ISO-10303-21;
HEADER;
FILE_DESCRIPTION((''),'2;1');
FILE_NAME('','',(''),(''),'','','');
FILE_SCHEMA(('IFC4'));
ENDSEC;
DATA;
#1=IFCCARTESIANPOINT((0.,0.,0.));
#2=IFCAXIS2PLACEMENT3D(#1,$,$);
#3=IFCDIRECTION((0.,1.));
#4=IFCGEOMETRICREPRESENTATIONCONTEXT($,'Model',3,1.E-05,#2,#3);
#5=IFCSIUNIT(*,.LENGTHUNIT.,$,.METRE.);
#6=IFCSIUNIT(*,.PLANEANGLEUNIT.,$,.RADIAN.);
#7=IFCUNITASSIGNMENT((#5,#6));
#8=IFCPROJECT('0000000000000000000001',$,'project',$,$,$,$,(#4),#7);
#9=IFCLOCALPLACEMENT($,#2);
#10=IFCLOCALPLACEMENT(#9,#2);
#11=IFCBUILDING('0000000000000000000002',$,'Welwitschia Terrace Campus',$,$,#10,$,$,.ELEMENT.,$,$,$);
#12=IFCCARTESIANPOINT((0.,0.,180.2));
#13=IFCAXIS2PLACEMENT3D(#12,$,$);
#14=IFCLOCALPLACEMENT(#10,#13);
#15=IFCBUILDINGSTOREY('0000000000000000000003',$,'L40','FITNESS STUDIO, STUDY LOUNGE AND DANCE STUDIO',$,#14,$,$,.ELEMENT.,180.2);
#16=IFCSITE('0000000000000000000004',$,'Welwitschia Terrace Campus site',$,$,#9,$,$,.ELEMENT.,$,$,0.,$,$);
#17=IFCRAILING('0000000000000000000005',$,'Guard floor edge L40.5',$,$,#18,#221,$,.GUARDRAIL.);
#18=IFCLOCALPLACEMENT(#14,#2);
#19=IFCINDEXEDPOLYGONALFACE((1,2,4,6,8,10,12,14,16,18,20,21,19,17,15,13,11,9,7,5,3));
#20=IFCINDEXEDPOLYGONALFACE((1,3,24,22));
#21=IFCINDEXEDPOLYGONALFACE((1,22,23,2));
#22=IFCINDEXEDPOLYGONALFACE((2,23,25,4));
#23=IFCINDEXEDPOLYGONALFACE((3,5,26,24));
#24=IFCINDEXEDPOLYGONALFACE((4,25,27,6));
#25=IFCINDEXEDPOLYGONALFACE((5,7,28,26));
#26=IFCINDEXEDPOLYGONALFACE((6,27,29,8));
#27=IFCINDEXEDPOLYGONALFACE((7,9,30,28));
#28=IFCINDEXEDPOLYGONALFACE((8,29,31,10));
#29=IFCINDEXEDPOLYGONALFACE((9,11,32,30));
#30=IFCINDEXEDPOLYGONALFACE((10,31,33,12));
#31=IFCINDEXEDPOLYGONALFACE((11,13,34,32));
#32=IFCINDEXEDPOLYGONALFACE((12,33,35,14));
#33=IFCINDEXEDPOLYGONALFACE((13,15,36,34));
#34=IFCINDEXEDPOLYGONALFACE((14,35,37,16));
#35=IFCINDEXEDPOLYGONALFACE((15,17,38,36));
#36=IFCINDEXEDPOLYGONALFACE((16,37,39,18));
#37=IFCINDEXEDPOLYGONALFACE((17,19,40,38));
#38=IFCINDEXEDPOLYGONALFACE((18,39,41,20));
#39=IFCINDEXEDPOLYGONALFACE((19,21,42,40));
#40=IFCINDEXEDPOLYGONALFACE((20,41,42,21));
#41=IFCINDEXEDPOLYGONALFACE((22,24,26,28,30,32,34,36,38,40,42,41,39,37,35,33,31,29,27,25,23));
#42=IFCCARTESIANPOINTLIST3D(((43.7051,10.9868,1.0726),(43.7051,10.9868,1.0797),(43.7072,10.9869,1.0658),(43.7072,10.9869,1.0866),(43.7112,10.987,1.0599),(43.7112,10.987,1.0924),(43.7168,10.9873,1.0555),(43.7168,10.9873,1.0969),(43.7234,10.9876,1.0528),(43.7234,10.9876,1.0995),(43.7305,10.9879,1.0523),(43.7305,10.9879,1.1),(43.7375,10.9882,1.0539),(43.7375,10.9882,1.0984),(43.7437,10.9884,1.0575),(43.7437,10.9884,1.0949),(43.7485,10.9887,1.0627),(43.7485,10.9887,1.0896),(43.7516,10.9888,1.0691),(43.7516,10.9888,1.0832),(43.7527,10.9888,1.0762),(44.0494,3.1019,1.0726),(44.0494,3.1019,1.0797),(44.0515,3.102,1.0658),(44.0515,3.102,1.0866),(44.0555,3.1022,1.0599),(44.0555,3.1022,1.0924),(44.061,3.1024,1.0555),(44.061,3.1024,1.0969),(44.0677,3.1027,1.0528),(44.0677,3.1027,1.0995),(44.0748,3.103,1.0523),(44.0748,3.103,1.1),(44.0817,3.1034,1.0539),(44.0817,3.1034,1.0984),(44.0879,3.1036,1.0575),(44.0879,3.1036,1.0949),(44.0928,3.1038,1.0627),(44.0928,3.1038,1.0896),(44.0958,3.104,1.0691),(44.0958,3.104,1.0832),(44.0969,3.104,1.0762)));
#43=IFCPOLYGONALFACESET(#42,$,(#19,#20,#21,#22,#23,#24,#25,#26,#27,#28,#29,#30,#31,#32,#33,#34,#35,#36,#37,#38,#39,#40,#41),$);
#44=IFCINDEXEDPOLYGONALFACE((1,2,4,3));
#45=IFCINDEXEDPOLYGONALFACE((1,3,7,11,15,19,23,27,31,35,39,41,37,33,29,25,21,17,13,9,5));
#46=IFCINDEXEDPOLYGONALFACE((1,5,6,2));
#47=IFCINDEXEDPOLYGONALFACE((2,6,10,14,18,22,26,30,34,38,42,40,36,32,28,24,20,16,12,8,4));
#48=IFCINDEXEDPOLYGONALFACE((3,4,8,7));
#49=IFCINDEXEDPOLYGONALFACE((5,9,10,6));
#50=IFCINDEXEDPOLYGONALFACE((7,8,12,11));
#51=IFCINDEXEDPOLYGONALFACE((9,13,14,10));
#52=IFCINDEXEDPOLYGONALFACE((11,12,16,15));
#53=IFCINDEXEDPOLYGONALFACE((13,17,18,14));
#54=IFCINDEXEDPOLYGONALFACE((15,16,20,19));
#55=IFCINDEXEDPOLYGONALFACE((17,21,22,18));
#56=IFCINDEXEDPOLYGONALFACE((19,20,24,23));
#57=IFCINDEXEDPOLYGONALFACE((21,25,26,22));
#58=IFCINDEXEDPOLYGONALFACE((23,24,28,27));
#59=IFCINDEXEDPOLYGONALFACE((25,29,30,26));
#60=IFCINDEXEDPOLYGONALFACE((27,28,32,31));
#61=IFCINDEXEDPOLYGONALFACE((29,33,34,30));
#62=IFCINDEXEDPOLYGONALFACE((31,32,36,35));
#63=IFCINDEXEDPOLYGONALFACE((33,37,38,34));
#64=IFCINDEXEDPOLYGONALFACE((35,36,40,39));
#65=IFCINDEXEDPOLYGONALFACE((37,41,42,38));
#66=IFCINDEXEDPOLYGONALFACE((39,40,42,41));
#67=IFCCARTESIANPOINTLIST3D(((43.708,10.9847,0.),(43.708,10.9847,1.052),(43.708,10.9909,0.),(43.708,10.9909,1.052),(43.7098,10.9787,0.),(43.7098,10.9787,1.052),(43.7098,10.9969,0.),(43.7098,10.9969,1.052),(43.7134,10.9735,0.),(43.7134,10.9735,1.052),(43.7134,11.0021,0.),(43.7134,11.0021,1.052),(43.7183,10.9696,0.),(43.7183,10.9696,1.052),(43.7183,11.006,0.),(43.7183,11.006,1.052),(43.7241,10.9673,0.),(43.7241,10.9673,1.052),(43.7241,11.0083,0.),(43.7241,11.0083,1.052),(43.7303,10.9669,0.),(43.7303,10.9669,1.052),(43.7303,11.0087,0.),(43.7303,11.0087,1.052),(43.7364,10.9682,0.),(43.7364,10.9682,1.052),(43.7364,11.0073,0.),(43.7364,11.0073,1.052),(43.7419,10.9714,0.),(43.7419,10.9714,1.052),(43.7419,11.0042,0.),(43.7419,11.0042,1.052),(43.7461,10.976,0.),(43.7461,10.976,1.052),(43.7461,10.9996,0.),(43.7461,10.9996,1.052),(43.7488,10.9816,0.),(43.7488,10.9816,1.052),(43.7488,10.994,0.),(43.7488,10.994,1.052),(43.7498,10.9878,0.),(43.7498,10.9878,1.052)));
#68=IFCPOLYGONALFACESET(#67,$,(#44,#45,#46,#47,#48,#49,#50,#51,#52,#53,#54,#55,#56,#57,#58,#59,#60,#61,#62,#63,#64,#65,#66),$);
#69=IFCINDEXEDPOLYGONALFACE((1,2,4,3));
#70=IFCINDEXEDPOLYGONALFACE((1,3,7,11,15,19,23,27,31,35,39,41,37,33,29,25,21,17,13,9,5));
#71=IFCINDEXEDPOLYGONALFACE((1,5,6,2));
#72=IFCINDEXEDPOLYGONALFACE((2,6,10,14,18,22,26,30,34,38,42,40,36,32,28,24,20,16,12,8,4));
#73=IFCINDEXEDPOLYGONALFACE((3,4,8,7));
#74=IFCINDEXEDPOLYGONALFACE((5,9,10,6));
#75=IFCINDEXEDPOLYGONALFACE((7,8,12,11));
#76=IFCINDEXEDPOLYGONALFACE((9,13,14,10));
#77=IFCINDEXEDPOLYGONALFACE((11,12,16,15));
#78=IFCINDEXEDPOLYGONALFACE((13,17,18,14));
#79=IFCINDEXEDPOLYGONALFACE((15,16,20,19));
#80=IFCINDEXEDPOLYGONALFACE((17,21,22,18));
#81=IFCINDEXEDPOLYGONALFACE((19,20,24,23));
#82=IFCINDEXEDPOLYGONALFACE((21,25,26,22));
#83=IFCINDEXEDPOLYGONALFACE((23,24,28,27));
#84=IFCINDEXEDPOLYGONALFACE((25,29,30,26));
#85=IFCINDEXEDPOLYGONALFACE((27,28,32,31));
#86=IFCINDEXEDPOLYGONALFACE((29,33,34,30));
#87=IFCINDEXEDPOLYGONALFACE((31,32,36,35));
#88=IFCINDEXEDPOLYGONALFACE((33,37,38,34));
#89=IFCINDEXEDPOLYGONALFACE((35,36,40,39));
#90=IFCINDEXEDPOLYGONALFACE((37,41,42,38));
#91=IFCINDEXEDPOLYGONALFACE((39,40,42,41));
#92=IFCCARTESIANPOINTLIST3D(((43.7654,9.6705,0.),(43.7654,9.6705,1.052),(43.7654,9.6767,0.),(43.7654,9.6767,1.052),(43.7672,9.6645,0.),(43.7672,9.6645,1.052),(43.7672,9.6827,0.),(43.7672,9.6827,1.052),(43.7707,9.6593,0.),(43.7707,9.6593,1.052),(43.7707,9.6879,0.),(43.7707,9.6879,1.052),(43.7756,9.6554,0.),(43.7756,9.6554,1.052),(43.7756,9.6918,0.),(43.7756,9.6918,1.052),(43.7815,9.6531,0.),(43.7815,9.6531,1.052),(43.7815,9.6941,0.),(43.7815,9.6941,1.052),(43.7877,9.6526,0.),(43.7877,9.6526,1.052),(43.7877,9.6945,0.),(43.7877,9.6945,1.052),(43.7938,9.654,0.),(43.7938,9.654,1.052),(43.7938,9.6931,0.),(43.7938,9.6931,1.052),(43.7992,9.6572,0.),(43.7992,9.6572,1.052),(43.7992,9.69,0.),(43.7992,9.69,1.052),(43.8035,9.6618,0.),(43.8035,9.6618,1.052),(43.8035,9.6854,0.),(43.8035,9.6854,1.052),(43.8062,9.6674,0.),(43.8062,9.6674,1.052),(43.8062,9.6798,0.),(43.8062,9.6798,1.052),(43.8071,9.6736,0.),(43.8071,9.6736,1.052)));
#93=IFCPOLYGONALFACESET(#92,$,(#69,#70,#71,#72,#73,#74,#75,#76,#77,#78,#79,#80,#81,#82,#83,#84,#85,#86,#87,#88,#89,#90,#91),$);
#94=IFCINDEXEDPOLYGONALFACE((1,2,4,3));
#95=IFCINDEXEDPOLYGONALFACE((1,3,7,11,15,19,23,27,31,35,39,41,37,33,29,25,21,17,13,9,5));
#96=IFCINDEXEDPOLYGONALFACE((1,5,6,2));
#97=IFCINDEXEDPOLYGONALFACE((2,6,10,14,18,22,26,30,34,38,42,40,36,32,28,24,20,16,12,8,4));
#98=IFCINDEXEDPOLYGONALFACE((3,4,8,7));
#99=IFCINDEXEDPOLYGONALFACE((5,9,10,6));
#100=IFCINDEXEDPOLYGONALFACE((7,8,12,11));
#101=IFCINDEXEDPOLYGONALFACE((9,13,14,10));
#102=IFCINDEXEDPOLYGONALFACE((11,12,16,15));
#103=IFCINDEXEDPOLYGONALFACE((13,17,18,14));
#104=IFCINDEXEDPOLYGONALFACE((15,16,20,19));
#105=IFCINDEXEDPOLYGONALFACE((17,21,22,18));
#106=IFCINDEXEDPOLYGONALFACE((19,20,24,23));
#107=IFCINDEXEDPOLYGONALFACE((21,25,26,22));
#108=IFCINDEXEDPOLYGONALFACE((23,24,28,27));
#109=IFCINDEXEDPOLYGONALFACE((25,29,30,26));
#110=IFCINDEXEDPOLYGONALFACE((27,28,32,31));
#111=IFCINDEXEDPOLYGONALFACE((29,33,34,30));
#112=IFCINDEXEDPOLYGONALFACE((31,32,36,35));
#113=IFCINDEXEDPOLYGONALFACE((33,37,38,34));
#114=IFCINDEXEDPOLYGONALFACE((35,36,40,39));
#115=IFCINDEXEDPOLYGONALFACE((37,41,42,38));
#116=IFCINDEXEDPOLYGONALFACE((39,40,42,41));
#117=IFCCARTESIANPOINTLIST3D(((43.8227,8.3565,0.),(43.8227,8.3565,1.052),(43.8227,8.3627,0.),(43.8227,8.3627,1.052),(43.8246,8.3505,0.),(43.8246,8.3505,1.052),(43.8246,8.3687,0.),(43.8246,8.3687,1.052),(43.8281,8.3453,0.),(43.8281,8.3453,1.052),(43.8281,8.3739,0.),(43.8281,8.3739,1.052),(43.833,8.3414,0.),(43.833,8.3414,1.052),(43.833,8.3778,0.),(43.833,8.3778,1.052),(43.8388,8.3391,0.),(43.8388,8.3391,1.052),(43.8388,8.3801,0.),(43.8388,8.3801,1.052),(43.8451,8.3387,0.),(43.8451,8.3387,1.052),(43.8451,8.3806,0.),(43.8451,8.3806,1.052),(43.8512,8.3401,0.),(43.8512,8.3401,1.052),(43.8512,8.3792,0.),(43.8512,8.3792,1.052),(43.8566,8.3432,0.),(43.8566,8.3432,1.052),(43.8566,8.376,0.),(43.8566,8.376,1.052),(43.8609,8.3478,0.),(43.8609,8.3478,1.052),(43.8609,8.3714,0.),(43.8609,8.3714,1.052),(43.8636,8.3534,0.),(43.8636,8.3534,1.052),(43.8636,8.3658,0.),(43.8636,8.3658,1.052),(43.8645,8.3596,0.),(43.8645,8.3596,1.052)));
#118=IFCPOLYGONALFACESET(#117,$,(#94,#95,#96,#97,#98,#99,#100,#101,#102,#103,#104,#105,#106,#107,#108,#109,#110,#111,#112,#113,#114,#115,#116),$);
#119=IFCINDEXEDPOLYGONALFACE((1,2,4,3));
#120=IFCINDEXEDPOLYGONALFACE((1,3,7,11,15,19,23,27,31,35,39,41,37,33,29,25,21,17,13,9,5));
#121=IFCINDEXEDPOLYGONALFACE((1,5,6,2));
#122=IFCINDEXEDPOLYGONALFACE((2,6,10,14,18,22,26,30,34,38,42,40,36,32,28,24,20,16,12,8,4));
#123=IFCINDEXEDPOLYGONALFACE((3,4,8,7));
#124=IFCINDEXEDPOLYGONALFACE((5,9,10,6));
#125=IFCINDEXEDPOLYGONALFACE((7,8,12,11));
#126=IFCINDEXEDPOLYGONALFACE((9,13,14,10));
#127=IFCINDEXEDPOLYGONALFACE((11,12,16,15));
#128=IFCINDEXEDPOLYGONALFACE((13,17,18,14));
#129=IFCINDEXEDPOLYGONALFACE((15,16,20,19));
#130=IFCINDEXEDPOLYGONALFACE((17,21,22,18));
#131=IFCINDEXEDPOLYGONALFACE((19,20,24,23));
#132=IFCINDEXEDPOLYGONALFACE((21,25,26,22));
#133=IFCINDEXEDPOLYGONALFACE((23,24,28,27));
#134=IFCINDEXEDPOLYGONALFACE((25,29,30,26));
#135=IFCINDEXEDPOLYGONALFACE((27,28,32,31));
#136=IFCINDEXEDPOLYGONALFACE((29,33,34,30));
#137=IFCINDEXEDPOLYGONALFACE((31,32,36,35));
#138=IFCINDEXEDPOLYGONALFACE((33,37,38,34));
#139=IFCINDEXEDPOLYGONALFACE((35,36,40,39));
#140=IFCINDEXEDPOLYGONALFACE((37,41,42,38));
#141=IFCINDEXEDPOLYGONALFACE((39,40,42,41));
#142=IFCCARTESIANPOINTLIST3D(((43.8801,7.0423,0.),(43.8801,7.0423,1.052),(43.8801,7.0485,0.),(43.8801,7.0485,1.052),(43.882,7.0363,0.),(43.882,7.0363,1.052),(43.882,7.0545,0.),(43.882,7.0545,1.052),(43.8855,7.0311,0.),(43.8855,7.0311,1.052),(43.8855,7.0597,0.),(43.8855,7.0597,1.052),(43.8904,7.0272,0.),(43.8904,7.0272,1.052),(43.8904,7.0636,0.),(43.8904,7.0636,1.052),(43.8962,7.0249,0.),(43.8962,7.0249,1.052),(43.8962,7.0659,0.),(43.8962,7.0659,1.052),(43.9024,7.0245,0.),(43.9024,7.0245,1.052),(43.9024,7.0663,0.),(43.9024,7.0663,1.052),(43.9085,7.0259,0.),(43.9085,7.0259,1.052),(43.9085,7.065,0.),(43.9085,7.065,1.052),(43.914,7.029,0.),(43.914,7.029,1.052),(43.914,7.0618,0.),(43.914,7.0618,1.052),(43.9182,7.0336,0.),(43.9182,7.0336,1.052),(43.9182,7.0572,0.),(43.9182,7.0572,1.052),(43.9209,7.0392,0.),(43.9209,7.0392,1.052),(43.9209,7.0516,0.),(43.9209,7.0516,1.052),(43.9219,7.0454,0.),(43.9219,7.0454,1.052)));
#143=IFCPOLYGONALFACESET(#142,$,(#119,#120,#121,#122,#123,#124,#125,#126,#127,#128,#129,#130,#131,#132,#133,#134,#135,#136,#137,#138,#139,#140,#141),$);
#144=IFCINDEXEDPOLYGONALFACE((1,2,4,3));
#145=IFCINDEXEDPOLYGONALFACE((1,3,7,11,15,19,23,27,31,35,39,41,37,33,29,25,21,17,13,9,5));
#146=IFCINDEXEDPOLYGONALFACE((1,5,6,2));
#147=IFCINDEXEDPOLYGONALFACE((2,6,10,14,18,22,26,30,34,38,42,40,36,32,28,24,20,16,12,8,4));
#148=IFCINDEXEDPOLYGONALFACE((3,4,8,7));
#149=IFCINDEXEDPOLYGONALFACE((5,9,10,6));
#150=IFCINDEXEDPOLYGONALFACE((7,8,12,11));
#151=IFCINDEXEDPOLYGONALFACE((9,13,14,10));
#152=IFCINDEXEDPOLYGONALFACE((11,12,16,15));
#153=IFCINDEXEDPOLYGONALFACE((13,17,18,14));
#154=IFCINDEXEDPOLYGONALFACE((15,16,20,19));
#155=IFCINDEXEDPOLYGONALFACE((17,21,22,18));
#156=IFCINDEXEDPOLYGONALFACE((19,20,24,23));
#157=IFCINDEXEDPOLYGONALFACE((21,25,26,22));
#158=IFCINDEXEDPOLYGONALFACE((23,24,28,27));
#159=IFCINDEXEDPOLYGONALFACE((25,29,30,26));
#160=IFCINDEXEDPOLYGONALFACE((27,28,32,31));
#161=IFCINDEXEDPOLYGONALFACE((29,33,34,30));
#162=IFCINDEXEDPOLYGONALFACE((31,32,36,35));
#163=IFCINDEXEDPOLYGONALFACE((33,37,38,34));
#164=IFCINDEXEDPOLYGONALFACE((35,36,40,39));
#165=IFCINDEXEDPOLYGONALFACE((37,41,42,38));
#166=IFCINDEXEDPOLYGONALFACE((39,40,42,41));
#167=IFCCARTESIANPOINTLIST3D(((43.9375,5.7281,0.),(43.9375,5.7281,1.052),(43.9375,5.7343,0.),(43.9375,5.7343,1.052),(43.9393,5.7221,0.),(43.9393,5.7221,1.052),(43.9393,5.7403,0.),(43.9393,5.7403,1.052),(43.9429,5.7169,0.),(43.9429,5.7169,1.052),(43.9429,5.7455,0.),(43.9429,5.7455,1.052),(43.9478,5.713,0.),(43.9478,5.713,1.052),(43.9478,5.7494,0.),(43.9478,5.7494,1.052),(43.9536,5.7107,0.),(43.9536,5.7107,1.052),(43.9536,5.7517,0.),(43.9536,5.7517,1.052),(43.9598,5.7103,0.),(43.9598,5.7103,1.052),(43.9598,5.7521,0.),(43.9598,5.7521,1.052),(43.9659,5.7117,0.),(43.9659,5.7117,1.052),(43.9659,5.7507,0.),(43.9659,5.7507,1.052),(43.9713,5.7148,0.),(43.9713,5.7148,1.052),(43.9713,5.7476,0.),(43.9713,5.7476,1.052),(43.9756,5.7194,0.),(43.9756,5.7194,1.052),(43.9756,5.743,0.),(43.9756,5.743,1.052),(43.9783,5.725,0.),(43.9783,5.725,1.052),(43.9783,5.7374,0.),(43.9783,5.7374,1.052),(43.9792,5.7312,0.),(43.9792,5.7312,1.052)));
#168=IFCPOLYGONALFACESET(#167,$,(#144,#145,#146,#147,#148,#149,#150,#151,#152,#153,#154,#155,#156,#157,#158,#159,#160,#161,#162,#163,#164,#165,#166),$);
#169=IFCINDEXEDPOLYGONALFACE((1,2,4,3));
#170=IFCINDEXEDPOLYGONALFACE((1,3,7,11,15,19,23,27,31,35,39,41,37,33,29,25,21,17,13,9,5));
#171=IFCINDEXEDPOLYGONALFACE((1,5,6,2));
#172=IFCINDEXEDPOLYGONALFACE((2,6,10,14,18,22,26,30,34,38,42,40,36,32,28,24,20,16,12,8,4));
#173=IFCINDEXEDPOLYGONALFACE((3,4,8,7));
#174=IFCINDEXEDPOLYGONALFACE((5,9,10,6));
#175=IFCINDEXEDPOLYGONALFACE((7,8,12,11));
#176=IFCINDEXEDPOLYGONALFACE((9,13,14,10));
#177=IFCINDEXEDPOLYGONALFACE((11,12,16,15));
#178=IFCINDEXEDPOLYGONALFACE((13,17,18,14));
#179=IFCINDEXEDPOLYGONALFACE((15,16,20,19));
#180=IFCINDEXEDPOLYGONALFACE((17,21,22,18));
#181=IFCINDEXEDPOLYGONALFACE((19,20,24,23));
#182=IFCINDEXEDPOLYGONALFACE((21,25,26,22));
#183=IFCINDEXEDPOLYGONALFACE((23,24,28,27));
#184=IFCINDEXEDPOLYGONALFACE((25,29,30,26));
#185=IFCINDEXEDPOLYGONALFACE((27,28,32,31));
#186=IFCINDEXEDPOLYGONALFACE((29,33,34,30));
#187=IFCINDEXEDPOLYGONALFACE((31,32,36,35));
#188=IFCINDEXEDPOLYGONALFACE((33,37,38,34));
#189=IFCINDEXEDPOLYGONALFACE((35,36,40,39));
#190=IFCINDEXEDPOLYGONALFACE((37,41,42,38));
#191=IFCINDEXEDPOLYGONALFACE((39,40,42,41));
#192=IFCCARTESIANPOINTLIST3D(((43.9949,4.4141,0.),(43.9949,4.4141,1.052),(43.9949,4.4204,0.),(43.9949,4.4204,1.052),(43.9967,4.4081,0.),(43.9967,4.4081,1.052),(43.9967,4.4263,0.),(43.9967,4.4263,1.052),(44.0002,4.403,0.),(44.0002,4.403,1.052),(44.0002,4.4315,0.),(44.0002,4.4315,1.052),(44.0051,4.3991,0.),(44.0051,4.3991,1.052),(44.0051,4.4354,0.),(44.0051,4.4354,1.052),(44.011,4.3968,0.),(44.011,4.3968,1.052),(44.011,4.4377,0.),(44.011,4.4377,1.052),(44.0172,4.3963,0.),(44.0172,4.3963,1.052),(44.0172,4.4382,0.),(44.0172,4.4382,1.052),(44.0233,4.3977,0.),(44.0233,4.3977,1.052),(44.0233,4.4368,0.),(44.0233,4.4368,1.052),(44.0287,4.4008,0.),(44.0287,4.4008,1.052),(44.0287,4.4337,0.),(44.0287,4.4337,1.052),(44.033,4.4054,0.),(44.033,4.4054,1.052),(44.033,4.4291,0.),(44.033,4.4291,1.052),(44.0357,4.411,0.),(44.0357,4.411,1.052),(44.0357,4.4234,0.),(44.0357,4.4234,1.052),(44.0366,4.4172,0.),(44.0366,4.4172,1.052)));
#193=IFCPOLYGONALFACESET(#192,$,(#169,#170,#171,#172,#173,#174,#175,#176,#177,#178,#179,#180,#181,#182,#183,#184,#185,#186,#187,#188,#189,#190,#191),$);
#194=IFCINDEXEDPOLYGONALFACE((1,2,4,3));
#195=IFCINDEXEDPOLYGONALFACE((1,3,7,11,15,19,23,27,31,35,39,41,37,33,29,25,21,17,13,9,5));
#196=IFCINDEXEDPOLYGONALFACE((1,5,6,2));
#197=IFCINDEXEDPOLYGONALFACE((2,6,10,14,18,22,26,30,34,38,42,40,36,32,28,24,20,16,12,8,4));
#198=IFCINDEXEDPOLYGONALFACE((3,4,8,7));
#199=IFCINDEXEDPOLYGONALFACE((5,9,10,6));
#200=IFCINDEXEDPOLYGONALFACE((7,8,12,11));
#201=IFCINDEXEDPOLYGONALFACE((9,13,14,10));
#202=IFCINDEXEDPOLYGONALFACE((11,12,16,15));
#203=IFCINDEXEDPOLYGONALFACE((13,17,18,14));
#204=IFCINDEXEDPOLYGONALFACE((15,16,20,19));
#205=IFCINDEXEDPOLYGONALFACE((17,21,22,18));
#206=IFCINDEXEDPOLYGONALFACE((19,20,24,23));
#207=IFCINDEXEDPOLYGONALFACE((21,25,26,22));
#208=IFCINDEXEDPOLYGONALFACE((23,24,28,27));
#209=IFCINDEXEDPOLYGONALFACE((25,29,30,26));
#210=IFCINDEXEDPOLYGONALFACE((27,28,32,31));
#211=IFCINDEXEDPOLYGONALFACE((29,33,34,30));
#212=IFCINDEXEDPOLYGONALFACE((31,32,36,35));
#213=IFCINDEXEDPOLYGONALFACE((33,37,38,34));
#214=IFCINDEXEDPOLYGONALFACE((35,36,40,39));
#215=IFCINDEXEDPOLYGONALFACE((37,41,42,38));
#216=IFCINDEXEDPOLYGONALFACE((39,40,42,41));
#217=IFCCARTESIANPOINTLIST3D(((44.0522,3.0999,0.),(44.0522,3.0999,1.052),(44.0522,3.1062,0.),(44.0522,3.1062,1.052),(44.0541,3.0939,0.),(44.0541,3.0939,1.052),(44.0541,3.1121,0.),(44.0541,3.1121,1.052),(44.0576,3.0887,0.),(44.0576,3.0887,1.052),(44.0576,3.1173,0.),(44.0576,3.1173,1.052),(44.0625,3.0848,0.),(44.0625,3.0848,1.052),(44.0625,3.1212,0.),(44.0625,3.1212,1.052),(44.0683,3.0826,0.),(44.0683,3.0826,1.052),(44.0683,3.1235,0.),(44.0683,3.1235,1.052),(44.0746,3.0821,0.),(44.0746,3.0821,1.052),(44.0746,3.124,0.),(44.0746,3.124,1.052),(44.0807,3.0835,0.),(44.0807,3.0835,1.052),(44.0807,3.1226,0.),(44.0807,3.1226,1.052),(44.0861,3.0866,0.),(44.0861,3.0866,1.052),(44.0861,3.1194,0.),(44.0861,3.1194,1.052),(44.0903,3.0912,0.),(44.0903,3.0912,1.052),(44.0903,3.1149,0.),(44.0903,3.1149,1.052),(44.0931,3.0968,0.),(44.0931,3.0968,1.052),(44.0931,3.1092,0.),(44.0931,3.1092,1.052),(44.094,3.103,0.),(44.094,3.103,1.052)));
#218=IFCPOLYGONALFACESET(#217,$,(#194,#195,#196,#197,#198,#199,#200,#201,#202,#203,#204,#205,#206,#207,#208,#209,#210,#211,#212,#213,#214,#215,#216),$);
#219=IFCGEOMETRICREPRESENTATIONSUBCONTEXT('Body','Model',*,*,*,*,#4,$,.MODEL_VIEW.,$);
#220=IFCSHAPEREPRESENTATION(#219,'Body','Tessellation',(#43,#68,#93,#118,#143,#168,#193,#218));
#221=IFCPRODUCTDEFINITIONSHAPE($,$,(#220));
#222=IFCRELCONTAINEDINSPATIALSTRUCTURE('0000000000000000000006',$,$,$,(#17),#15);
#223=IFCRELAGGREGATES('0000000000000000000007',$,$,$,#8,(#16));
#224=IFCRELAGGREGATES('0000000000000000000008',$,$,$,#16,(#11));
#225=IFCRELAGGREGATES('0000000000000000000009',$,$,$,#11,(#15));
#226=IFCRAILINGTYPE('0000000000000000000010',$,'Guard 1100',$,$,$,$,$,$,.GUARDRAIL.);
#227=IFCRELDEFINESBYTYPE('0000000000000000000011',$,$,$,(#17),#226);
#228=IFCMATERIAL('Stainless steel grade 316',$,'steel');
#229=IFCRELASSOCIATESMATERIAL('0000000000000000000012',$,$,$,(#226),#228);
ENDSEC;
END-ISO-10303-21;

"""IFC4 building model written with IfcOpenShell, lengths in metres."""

from ifc_helpers import new_model, si_unit, direction, frame, origin, origin_2d, place, context, subcontext, project, spatial, circle, extrude, material, type_object, element, save


model = new_model("IFC4")

# Units and contexts
model_context = context("Model", 3, precision=1e-05, world=origin(), true_north=direction((0.0, 1.0)))
body_context = subcontext(model_context, "Body", "Model", "MODEL_VIEW")
ifc_project = project(units=[si_unit("LENGTHUNIT", "METRE"), si_unit("PLANEANGLEUNIT", "RADIAN")], contexts=[model_context])

# Site, building, storey
site_placement = place(None, origin())
site = spatial("IfcSite", under=ifc_project, at=site_placement, Name="Welwitschia Terrace Campus site", CompositionType="ELEMENT", RefElevation=0.0)
building_placement = place(site_placement, origin())
building = spatial("IfcBuilding", under=site, at=building_placement, Name="Welwitschia Terrace Campus", CompositionType="ELEMENT")
storey_placement = place(building_placement, frame((0.0, 0.0, 180.2)))
storey = spatial("IfcBuildingStorey", under=building, at=storey_placement, Name="L40", Description="FITNESS STUDIO, STUDY LOUNGE AND DANCE STUDIO", CompositionType="ELEMENT", Elevation=180.2)

# Railing
ifc_material_1 = material(Name="Stainless steel grade 316", Category="steel")
railing_type = type_object("IfcRailingType", Name="Guard 1100", PredefinedType="GUARDRAIL", material=ifc_material_1)
railing_1_placement = place(storey_placement, frame((43.7288, 10.9878, 0.0)))
element("IfcRailing", 1, at=railing_1_placement, inside=storey, type_object=railing_type, Name="Guard floor edge L40.5", PredefinedType="GUARDRAIL", context=body_context, shape_type="SweptSolid", body=[
    extrude(circle(Radius=0.0239, at=origin_2d()), frame((0.0, 0.0, 1.0762), z_axis=(0.043617, -0.999048, 0.0), x_axis=(0.999048, 0.043617, 0.0)), (0.0, 0.0, 1.0), 7.8923),
    extrude(circle(Radius=0.021, at=origin_2d()), origin(), (0.0, 0.0, 1.0), 1.052),
    extrude(circle(Radius=0.021, at=origin_2d()), frame((0.0574, -1.3142, 0.0)), (0.0, 0.0, 1.0), 1.052),
    extrude(circle(Radius=0.021, at=origin_2d()), frame((0.1147, -2.6282, 0.0)), (0.0, 0.0, 1.0), 1.052),
    extrude(circle(Radius=0.021, at=origin_2d()), frame((0.1721, -3.9424, 0.0)), (0.0, 0.0, 1.0), 1.052),
    extrude(circle(Radius=0.021, at=origin_2d()), frame((0.2295, -5.2566, 0.0)), (0.0, 0.0, 1.0), 1.052),
    extrude(circle(Radius=0.021, at=origin_2d()), frame((0.2869, -6.5706, 0.0)), (0.0, 0.0, 1.0), 1.052),
    extrude(circle(Radius=0.021, at=origin_2d()), frame((0.3442, -7.8848, 0.0)), (0.0, 0.0, 1.0), 1.052),
])

save(model, "model.ifc")
